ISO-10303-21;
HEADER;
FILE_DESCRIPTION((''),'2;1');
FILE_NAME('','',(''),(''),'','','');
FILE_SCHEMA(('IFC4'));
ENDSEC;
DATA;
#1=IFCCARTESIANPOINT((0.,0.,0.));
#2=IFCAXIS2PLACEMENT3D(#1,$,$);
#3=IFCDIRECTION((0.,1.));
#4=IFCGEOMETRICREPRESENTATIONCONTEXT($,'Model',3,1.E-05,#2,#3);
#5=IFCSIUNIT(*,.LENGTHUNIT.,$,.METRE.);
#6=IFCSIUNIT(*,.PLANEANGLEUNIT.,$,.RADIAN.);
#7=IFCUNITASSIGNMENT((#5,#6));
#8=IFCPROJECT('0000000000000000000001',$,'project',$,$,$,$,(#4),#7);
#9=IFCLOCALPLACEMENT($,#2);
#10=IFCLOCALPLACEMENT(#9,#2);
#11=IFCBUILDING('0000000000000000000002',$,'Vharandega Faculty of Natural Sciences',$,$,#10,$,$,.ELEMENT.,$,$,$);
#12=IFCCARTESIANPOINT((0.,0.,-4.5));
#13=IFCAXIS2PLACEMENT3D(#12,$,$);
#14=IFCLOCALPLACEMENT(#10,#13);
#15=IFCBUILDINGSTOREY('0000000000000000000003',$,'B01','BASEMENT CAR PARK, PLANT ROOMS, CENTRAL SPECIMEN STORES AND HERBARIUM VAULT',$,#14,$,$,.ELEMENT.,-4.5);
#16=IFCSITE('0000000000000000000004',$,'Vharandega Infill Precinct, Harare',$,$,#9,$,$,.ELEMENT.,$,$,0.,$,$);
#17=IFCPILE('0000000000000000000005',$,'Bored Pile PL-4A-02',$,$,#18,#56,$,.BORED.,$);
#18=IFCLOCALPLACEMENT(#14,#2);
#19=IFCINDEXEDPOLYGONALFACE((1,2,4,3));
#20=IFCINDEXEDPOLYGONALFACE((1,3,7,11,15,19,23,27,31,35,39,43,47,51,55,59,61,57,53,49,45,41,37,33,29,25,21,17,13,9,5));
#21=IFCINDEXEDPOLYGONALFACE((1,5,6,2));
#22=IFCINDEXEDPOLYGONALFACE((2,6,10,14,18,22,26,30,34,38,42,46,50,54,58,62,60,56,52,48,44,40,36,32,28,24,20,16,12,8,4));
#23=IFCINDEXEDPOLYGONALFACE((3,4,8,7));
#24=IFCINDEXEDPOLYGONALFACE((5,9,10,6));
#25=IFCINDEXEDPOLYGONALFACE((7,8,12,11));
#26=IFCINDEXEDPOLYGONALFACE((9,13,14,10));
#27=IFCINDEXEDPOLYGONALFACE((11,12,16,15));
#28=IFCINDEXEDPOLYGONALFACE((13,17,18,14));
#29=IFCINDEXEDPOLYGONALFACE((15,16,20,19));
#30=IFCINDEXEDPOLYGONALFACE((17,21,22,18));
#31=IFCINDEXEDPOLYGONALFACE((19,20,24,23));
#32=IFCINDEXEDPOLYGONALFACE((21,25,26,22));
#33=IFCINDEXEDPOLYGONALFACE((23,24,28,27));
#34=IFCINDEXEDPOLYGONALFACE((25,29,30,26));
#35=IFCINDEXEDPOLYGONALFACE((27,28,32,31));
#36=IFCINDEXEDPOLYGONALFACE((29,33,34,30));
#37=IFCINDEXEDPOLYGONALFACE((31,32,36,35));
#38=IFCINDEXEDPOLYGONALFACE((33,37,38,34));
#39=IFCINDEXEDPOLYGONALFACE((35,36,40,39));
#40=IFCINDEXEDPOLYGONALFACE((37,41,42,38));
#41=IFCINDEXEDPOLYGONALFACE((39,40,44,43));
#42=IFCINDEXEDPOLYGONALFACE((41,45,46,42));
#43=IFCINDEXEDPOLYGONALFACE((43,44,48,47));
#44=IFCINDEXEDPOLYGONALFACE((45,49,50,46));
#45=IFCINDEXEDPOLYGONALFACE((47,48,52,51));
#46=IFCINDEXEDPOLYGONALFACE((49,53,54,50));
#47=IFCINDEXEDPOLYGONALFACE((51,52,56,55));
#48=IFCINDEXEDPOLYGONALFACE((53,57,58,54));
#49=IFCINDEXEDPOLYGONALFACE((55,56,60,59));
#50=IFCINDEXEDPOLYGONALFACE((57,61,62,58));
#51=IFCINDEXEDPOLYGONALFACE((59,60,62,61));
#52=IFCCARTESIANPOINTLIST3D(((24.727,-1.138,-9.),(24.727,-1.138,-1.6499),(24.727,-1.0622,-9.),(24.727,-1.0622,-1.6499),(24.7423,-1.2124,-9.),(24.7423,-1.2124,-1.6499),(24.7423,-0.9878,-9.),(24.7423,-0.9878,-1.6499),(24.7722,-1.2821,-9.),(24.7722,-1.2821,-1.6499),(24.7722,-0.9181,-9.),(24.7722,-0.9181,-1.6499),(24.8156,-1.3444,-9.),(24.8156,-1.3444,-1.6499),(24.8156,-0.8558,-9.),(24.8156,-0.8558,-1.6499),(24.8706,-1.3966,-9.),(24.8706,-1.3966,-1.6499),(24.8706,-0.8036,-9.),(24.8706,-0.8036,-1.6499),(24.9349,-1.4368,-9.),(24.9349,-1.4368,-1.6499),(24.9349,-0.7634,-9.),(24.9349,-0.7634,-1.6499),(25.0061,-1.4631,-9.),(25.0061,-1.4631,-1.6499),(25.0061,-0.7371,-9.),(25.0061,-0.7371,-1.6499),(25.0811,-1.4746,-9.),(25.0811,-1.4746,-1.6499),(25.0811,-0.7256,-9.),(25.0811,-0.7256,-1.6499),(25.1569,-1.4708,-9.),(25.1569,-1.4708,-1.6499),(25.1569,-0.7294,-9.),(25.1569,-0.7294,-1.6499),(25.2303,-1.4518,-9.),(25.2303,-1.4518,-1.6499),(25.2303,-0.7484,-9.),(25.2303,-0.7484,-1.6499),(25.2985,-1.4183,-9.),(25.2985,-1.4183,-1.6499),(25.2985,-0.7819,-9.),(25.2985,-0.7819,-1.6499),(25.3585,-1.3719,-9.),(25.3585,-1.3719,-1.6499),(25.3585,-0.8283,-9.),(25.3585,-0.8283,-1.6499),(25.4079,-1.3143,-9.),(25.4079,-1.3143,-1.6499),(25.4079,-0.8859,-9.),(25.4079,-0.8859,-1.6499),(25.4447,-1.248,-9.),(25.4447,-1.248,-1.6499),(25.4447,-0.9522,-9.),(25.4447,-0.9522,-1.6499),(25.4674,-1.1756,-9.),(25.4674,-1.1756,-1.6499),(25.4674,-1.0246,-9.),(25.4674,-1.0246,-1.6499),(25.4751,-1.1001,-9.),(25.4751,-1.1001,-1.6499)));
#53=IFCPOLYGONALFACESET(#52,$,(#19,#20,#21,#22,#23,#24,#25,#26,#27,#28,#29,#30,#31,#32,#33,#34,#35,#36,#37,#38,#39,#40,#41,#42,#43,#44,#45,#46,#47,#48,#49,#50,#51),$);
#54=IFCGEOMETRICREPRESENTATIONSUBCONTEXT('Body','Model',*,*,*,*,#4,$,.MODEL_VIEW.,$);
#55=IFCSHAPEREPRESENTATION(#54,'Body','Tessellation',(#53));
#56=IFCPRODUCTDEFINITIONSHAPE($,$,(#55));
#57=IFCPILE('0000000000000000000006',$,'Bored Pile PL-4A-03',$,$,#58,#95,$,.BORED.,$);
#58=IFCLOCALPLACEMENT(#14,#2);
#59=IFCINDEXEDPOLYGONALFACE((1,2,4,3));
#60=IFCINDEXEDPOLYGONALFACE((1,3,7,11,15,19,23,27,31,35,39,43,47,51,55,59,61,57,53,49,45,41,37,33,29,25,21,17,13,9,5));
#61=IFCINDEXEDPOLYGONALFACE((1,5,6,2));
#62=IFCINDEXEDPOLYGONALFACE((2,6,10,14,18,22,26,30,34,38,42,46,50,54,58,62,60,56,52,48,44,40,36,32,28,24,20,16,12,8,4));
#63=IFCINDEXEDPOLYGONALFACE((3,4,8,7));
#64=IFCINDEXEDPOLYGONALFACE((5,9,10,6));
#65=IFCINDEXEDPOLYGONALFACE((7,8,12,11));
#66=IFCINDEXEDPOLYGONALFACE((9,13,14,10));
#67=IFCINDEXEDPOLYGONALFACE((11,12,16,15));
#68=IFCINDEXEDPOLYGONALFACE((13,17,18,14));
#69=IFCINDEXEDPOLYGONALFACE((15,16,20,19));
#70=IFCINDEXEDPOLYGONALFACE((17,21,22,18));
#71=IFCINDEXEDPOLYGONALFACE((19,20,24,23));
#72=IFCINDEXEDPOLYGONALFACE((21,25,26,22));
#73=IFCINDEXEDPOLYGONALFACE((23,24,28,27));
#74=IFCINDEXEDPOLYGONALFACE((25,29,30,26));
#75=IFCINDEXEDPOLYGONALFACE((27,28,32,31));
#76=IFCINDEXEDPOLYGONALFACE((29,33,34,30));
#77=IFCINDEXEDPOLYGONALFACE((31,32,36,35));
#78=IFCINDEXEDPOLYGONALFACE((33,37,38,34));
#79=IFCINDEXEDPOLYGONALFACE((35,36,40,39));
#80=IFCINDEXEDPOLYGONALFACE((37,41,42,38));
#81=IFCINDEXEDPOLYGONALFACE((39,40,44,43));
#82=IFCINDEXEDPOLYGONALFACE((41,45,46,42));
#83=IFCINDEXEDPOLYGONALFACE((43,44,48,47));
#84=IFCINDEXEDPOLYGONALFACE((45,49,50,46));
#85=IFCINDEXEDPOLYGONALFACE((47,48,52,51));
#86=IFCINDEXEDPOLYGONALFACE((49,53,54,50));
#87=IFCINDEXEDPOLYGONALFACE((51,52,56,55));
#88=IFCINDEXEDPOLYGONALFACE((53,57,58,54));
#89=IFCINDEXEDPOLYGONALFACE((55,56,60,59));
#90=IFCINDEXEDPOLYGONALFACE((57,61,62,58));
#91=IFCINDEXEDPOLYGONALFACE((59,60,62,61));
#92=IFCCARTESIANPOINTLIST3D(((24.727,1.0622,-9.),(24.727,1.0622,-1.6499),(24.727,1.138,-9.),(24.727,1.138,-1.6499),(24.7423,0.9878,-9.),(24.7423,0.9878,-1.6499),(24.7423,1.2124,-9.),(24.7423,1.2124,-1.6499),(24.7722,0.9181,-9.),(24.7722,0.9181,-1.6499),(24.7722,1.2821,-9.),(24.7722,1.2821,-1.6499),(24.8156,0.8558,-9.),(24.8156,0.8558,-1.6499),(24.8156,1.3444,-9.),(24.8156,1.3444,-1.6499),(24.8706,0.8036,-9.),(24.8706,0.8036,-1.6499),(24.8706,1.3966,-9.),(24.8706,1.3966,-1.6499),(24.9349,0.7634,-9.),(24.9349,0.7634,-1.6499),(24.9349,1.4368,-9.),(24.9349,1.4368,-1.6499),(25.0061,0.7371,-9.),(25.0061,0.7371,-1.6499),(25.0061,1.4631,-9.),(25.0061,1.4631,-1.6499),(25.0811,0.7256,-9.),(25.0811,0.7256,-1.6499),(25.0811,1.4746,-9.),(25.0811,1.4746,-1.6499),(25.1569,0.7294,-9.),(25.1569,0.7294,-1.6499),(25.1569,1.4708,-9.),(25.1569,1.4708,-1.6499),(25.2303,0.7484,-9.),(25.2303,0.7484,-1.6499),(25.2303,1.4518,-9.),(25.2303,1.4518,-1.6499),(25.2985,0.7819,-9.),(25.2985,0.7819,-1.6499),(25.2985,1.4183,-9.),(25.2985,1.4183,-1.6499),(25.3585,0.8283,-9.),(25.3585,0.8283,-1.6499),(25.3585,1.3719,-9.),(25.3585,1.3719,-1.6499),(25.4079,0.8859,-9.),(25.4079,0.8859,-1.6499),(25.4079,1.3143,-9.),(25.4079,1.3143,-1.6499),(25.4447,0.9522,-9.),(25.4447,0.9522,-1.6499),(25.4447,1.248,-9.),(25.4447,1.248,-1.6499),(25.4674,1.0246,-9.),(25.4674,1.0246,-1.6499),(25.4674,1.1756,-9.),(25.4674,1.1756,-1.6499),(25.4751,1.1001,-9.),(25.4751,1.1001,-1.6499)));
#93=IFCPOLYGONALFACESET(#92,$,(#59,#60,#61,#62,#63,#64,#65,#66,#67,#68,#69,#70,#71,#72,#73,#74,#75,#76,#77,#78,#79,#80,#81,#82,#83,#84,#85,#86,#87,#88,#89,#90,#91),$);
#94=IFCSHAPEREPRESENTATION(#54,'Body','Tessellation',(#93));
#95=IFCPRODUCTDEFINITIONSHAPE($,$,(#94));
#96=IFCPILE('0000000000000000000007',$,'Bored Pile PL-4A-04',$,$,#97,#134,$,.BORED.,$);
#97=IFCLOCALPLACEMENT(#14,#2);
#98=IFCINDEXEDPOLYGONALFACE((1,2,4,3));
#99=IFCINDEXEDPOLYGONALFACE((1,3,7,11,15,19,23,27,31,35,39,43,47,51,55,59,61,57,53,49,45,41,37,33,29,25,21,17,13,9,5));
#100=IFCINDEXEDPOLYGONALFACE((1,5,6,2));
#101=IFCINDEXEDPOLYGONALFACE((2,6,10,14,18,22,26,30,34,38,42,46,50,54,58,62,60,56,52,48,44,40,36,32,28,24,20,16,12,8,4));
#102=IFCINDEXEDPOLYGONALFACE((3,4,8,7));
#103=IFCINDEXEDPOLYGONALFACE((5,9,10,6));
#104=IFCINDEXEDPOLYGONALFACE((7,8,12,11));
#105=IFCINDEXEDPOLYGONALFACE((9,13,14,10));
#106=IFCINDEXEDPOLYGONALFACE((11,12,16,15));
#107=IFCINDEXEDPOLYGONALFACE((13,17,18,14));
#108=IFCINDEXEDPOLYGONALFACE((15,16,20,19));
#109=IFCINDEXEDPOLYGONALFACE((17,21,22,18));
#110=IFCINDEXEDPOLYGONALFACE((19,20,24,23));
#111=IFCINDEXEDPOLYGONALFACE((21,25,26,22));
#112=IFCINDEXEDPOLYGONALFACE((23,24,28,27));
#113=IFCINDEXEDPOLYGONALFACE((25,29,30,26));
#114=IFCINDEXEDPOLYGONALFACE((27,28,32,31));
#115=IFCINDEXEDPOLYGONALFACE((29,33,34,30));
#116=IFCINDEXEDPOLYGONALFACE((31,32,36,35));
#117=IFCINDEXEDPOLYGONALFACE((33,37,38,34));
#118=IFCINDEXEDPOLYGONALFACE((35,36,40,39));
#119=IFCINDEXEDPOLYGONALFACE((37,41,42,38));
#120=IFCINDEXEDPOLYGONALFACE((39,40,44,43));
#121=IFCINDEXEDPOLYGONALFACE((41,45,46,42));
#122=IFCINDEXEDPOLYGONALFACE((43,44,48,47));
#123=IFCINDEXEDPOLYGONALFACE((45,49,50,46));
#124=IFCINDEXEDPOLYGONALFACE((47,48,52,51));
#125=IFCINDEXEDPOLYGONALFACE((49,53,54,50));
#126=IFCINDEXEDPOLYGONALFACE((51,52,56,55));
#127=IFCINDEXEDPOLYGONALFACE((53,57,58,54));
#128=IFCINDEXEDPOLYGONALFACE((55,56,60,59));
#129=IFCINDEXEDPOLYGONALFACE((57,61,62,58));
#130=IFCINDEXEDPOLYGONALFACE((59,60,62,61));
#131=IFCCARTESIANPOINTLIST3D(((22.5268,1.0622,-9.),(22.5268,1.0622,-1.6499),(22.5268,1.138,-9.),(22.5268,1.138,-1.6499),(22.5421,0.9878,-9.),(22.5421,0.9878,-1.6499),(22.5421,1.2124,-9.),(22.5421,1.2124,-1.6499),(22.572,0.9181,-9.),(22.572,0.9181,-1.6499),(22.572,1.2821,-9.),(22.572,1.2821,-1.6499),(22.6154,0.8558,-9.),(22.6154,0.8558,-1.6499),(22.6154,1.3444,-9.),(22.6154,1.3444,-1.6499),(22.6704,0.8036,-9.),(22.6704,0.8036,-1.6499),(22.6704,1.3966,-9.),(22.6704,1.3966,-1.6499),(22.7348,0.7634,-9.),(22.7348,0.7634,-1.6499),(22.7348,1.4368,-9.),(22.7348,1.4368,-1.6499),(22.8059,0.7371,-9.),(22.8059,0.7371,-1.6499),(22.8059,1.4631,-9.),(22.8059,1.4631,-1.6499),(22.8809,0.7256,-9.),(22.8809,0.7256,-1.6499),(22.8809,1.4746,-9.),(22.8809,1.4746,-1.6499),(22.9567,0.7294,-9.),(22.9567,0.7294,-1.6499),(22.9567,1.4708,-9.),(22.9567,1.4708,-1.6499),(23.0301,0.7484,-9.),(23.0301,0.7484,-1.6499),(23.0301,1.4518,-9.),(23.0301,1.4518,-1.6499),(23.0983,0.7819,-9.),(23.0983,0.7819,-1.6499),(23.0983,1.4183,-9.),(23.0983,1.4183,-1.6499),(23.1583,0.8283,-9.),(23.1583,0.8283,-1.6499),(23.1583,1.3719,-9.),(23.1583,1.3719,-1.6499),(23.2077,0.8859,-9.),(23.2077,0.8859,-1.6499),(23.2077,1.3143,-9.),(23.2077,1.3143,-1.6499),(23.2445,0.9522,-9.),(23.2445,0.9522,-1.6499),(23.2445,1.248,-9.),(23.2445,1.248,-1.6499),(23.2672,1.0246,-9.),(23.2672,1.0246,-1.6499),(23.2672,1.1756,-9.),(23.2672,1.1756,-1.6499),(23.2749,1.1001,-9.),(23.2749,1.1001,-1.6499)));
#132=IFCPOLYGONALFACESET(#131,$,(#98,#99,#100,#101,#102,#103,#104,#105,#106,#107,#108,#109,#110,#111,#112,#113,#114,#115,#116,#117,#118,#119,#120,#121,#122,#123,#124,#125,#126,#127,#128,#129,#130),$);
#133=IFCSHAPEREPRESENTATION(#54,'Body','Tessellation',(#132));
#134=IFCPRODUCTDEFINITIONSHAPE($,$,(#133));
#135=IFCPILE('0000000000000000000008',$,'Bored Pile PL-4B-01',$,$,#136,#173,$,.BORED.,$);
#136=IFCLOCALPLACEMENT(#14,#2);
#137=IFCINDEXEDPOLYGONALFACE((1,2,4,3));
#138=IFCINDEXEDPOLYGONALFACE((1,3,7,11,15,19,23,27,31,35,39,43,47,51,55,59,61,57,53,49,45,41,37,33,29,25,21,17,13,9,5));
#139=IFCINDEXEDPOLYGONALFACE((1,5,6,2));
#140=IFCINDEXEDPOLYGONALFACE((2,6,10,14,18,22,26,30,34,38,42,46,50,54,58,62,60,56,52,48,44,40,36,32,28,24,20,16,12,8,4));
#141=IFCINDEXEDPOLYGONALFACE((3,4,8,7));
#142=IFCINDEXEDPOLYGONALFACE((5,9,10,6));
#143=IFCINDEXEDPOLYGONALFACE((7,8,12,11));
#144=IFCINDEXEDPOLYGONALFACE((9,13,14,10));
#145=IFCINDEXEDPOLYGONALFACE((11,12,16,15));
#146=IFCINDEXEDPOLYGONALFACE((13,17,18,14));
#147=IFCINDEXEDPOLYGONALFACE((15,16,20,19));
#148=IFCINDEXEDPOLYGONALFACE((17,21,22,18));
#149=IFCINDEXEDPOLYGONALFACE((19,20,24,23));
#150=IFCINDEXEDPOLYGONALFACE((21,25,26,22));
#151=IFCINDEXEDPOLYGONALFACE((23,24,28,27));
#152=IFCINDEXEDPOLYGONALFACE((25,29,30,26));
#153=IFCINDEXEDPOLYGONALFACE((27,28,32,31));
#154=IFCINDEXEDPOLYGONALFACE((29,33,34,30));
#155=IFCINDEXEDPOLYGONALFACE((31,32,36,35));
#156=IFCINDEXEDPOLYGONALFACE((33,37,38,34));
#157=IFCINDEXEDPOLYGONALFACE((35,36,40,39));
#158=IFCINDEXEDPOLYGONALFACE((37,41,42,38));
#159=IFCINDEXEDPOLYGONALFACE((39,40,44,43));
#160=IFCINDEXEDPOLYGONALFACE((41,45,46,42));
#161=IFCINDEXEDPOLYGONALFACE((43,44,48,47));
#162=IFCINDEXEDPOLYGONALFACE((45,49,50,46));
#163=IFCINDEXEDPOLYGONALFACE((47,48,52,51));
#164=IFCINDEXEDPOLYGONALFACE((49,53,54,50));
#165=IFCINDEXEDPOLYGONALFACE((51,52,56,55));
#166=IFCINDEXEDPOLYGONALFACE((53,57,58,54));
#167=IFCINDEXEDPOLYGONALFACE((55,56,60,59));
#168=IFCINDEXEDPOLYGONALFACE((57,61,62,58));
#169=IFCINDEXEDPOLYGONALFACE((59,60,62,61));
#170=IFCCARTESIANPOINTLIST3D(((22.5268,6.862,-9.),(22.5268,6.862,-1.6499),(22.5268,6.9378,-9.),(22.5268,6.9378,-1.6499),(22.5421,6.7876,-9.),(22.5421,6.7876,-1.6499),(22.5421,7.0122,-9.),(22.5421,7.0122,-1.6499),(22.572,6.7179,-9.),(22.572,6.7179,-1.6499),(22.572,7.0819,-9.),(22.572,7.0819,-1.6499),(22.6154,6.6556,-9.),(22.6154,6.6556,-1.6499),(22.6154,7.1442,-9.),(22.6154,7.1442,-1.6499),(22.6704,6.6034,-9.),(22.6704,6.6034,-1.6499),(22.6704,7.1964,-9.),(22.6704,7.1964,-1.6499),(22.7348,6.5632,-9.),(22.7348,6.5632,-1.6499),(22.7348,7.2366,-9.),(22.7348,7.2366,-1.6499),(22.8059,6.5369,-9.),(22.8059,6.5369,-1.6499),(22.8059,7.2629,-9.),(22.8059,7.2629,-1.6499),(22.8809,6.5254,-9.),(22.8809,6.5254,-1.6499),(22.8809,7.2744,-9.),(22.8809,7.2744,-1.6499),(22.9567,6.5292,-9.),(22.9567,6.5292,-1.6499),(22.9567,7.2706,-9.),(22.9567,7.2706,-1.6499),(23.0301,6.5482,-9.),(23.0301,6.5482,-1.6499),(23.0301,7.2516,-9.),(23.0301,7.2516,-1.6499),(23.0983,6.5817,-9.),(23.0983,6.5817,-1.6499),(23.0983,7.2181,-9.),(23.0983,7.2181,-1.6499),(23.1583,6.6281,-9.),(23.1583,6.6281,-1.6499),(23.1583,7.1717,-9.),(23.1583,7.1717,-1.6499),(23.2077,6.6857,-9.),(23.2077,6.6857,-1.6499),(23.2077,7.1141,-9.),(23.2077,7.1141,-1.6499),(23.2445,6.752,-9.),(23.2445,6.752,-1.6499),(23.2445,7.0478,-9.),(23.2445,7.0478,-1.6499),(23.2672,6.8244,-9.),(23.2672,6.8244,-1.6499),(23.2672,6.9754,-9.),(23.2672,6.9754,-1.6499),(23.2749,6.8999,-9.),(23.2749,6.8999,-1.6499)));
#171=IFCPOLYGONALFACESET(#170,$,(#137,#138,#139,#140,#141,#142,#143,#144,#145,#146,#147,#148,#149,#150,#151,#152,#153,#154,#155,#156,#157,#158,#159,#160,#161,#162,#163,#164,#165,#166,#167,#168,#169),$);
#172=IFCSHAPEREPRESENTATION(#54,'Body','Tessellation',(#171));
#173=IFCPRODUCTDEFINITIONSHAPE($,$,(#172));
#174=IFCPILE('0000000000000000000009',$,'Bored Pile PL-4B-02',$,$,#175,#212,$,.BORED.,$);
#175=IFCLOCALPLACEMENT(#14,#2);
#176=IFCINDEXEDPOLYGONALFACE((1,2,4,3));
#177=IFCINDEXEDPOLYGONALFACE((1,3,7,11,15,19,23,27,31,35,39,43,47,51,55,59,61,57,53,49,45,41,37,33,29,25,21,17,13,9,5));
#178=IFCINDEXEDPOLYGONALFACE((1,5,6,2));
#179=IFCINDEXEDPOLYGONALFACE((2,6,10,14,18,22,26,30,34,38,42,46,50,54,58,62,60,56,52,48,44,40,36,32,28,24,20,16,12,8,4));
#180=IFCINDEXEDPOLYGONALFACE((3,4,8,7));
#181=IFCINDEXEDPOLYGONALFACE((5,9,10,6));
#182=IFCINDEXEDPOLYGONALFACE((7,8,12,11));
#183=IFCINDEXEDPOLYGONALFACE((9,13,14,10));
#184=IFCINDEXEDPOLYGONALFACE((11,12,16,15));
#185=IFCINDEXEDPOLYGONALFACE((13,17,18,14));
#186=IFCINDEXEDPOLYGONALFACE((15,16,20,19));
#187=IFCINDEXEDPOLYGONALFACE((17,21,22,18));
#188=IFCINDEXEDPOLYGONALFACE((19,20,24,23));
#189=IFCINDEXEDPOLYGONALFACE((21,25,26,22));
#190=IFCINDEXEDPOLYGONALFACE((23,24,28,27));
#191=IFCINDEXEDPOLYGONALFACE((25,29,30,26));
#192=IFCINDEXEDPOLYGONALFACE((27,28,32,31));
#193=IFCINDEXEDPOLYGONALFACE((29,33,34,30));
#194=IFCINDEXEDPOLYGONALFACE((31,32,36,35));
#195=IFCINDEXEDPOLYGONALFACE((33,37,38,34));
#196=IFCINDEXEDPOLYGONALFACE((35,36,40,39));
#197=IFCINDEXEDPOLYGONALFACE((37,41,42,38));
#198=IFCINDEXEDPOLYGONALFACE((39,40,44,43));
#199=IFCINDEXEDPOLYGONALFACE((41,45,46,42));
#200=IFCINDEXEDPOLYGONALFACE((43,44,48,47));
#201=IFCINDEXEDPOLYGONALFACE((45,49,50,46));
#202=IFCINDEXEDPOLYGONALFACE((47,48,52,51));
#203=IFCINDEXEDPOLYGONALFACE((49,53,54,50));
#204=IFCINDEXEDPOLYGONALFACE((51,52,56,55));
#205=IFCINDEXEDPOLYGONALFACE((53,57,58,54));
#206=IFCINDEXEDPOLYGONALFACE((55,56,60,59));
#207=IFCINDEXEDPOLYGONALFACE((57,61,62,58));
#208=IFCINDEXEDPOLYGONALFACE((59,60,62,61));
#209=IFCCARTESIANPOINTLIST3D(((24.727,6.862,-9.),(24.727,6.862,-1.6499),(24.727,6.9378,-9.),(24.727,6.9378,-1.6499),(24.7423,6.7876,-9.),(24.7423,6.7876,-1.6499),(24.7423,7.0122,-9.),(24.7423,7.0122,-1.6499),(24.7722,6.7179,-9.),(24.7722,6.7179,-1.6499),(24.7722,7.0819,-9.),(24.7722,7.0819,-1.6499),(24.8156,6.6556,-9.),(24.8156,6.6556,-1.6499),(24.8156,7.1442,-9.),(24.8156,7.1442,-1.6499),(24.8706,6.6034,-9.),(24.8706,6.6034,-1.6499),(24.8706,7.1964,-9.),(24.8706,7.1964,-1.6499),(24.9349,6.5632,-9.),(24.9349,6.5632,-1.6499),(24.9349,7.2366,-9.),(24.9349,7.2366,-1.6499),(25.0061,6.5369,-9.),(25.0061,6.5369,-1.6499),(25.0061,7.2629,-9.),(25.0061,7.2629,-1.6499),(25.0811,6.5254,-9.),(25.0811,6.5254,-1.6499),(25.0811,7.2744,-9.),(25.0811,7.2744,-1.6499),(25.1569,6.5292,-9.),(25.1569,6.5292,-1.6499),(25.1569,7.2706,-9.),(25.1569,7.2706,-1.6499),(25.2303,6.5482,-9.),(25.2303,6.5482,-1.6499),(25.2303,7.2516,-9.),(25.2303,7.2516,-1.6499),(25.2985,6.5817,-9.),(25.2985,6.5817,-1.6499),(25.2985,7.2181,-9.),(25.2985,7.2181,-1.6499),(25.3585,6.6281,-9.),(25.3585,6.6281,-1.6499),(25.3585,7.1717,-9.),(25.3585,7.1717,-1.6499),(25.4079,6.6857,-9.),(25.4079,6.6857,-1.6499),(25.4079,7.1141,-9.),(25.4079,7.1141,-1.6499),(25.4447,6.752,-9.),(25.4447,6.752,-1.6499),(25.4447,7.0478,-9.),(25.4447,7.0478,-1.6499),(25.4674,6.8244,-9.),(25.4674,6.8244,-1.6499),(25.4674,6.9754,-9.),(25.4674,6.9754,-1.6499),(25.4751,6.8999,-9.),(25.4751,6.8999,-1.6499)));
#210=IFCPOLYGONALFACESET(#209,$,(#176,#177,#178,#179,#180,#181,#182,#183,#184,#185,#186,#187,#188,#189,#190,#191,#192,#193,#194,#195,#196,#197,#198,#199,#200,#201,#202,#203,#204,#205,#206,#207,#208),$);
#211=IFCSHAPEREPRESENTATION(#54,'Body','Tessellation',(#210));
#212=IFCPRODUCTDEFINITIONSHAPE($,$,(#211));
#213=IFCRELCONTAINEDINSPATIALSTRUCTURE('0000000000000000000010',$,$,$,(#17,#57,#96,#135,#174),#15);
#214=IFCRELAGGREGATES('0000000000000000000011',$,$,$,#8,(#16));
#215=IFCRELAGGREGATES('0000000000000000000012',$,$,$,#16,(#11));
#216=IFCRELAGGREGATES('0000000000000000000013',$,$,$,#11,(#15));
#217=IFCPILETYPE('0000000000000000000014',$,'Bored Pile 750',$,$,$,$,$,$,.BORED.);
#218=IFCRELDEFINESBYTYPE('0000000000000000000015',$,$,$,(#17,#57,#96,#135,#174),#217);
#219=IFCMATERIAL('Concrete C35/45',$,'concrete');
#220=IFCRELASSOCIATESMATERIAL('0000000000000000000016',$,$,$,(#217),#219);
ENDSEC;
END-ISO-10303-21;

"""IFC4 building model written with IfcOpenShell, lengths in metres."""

from ifc_helpers import new_model, si_unit, direction, frame, origin, origin_2d, place, context, subcontext, project, spatial, circle, extrude, material, material_profile, profile_set, type_object, element, save


model = new_model("IFC4")

# Units and contexts
model_context = context("Model", 3, precision=1e-05, world=origin(), true_north=direction((0.0, 1.0)))
body_context = subcontext(model_context, "Body", "Model", "MODEL_VIEW")
ifc_project = project(units=[si_unit("LENGTHUNIT", "METRE"), si_unit("PLANEANGLEUNIT", "RADIAN")], contexts=[model_context])

# Site, building, storey
site_placement = place(None, origin())
site = spatial("IfcSite", under=ifc_project, at=site_placement, Name="Vharandega Infill Precinct, Harare", CompositionType="ELEMENT", RefElevation=0.0)
building_placement = place(site_placement, origin())
building = spatial("IfcBuilding", under=site, at=building_placement, Name="Vharandega Faculty of Natural Sciences", CompositionType="ELEMENT")
storey_placement = place(building_placement, frame((0.0, 0.0, -4.5)))
storey = spatial("IfcBuildingStorey", under=building, at=storey_placement, Name="B01", Description="BASEMENT CAR PARK, PLANT ROOMS, CENTRAL SPECIMEN STORES AND HERBARIUM VAULT", CompositionType="ELEMENT", Elevation=-4.5)

# Piles
ifc_material_1 = material(Name="Concrete C35/45", Category="concrete")
ifc_material_profile_1 = material_profile(ifc_material_1, circle(Radius=0.375, at=origin_2d()), Name="PILE 750")
ifc_profile_set_1 = profile_set([ifc_material_profile_1], Name="Concrete C35/45")
pile_type = type_object("IfcPileType", Name="Bored Pile 750", PredefinedType="BORED", material=ifc_profile_set_1)
for number, where, z_axis, x_axis, name in (
    (1, (25.1001, -1.1001, -1.6499), (0.0, 0.0, -1.0), (1.0, 0.0, 0.0), "Bored Pile PL-4A-02"),
    (2, (25.1001, 1.1001, -1.6499), (0.0, 0.0, -1.0), (1.0, 0.0, 0.0), "Bored Pile PL-4A-03"),
    (3, (22.8999, 1.1001, -1.6499), (0.0, 0.0, -1.0), (1.0, 0.0, 0.0), "Bored Pile PL-4A-04"),
    (4, (22.8999, 6.8999, -1.6499), (0.0, 0.0, -1.0), (1.0, 0.0, 0.0), "Bored Pile PL-4B-01"),
    (5, (25.1001, 6.8999, -1.6499), (0.0, 0.0, -1.0), (1.0, 0.0, 0.0), "Bored Pile PL-4B-02"),
):
    element("IfcPile", number, at=place(storey_placement, frame(where, z_axis=z_axis, x_axis=x_axis)), inside=storey, type_object=pile_type, Name=name, PredefinedType="BORED", context=body_context, shape_type="SweptSolid", body=[
        extrude(circle(Radius=0.375, at=origin_2d()), origin(), (0.0, 0.0, 1.0), 7.3501),
    ])

save(model, "model.ifc")
